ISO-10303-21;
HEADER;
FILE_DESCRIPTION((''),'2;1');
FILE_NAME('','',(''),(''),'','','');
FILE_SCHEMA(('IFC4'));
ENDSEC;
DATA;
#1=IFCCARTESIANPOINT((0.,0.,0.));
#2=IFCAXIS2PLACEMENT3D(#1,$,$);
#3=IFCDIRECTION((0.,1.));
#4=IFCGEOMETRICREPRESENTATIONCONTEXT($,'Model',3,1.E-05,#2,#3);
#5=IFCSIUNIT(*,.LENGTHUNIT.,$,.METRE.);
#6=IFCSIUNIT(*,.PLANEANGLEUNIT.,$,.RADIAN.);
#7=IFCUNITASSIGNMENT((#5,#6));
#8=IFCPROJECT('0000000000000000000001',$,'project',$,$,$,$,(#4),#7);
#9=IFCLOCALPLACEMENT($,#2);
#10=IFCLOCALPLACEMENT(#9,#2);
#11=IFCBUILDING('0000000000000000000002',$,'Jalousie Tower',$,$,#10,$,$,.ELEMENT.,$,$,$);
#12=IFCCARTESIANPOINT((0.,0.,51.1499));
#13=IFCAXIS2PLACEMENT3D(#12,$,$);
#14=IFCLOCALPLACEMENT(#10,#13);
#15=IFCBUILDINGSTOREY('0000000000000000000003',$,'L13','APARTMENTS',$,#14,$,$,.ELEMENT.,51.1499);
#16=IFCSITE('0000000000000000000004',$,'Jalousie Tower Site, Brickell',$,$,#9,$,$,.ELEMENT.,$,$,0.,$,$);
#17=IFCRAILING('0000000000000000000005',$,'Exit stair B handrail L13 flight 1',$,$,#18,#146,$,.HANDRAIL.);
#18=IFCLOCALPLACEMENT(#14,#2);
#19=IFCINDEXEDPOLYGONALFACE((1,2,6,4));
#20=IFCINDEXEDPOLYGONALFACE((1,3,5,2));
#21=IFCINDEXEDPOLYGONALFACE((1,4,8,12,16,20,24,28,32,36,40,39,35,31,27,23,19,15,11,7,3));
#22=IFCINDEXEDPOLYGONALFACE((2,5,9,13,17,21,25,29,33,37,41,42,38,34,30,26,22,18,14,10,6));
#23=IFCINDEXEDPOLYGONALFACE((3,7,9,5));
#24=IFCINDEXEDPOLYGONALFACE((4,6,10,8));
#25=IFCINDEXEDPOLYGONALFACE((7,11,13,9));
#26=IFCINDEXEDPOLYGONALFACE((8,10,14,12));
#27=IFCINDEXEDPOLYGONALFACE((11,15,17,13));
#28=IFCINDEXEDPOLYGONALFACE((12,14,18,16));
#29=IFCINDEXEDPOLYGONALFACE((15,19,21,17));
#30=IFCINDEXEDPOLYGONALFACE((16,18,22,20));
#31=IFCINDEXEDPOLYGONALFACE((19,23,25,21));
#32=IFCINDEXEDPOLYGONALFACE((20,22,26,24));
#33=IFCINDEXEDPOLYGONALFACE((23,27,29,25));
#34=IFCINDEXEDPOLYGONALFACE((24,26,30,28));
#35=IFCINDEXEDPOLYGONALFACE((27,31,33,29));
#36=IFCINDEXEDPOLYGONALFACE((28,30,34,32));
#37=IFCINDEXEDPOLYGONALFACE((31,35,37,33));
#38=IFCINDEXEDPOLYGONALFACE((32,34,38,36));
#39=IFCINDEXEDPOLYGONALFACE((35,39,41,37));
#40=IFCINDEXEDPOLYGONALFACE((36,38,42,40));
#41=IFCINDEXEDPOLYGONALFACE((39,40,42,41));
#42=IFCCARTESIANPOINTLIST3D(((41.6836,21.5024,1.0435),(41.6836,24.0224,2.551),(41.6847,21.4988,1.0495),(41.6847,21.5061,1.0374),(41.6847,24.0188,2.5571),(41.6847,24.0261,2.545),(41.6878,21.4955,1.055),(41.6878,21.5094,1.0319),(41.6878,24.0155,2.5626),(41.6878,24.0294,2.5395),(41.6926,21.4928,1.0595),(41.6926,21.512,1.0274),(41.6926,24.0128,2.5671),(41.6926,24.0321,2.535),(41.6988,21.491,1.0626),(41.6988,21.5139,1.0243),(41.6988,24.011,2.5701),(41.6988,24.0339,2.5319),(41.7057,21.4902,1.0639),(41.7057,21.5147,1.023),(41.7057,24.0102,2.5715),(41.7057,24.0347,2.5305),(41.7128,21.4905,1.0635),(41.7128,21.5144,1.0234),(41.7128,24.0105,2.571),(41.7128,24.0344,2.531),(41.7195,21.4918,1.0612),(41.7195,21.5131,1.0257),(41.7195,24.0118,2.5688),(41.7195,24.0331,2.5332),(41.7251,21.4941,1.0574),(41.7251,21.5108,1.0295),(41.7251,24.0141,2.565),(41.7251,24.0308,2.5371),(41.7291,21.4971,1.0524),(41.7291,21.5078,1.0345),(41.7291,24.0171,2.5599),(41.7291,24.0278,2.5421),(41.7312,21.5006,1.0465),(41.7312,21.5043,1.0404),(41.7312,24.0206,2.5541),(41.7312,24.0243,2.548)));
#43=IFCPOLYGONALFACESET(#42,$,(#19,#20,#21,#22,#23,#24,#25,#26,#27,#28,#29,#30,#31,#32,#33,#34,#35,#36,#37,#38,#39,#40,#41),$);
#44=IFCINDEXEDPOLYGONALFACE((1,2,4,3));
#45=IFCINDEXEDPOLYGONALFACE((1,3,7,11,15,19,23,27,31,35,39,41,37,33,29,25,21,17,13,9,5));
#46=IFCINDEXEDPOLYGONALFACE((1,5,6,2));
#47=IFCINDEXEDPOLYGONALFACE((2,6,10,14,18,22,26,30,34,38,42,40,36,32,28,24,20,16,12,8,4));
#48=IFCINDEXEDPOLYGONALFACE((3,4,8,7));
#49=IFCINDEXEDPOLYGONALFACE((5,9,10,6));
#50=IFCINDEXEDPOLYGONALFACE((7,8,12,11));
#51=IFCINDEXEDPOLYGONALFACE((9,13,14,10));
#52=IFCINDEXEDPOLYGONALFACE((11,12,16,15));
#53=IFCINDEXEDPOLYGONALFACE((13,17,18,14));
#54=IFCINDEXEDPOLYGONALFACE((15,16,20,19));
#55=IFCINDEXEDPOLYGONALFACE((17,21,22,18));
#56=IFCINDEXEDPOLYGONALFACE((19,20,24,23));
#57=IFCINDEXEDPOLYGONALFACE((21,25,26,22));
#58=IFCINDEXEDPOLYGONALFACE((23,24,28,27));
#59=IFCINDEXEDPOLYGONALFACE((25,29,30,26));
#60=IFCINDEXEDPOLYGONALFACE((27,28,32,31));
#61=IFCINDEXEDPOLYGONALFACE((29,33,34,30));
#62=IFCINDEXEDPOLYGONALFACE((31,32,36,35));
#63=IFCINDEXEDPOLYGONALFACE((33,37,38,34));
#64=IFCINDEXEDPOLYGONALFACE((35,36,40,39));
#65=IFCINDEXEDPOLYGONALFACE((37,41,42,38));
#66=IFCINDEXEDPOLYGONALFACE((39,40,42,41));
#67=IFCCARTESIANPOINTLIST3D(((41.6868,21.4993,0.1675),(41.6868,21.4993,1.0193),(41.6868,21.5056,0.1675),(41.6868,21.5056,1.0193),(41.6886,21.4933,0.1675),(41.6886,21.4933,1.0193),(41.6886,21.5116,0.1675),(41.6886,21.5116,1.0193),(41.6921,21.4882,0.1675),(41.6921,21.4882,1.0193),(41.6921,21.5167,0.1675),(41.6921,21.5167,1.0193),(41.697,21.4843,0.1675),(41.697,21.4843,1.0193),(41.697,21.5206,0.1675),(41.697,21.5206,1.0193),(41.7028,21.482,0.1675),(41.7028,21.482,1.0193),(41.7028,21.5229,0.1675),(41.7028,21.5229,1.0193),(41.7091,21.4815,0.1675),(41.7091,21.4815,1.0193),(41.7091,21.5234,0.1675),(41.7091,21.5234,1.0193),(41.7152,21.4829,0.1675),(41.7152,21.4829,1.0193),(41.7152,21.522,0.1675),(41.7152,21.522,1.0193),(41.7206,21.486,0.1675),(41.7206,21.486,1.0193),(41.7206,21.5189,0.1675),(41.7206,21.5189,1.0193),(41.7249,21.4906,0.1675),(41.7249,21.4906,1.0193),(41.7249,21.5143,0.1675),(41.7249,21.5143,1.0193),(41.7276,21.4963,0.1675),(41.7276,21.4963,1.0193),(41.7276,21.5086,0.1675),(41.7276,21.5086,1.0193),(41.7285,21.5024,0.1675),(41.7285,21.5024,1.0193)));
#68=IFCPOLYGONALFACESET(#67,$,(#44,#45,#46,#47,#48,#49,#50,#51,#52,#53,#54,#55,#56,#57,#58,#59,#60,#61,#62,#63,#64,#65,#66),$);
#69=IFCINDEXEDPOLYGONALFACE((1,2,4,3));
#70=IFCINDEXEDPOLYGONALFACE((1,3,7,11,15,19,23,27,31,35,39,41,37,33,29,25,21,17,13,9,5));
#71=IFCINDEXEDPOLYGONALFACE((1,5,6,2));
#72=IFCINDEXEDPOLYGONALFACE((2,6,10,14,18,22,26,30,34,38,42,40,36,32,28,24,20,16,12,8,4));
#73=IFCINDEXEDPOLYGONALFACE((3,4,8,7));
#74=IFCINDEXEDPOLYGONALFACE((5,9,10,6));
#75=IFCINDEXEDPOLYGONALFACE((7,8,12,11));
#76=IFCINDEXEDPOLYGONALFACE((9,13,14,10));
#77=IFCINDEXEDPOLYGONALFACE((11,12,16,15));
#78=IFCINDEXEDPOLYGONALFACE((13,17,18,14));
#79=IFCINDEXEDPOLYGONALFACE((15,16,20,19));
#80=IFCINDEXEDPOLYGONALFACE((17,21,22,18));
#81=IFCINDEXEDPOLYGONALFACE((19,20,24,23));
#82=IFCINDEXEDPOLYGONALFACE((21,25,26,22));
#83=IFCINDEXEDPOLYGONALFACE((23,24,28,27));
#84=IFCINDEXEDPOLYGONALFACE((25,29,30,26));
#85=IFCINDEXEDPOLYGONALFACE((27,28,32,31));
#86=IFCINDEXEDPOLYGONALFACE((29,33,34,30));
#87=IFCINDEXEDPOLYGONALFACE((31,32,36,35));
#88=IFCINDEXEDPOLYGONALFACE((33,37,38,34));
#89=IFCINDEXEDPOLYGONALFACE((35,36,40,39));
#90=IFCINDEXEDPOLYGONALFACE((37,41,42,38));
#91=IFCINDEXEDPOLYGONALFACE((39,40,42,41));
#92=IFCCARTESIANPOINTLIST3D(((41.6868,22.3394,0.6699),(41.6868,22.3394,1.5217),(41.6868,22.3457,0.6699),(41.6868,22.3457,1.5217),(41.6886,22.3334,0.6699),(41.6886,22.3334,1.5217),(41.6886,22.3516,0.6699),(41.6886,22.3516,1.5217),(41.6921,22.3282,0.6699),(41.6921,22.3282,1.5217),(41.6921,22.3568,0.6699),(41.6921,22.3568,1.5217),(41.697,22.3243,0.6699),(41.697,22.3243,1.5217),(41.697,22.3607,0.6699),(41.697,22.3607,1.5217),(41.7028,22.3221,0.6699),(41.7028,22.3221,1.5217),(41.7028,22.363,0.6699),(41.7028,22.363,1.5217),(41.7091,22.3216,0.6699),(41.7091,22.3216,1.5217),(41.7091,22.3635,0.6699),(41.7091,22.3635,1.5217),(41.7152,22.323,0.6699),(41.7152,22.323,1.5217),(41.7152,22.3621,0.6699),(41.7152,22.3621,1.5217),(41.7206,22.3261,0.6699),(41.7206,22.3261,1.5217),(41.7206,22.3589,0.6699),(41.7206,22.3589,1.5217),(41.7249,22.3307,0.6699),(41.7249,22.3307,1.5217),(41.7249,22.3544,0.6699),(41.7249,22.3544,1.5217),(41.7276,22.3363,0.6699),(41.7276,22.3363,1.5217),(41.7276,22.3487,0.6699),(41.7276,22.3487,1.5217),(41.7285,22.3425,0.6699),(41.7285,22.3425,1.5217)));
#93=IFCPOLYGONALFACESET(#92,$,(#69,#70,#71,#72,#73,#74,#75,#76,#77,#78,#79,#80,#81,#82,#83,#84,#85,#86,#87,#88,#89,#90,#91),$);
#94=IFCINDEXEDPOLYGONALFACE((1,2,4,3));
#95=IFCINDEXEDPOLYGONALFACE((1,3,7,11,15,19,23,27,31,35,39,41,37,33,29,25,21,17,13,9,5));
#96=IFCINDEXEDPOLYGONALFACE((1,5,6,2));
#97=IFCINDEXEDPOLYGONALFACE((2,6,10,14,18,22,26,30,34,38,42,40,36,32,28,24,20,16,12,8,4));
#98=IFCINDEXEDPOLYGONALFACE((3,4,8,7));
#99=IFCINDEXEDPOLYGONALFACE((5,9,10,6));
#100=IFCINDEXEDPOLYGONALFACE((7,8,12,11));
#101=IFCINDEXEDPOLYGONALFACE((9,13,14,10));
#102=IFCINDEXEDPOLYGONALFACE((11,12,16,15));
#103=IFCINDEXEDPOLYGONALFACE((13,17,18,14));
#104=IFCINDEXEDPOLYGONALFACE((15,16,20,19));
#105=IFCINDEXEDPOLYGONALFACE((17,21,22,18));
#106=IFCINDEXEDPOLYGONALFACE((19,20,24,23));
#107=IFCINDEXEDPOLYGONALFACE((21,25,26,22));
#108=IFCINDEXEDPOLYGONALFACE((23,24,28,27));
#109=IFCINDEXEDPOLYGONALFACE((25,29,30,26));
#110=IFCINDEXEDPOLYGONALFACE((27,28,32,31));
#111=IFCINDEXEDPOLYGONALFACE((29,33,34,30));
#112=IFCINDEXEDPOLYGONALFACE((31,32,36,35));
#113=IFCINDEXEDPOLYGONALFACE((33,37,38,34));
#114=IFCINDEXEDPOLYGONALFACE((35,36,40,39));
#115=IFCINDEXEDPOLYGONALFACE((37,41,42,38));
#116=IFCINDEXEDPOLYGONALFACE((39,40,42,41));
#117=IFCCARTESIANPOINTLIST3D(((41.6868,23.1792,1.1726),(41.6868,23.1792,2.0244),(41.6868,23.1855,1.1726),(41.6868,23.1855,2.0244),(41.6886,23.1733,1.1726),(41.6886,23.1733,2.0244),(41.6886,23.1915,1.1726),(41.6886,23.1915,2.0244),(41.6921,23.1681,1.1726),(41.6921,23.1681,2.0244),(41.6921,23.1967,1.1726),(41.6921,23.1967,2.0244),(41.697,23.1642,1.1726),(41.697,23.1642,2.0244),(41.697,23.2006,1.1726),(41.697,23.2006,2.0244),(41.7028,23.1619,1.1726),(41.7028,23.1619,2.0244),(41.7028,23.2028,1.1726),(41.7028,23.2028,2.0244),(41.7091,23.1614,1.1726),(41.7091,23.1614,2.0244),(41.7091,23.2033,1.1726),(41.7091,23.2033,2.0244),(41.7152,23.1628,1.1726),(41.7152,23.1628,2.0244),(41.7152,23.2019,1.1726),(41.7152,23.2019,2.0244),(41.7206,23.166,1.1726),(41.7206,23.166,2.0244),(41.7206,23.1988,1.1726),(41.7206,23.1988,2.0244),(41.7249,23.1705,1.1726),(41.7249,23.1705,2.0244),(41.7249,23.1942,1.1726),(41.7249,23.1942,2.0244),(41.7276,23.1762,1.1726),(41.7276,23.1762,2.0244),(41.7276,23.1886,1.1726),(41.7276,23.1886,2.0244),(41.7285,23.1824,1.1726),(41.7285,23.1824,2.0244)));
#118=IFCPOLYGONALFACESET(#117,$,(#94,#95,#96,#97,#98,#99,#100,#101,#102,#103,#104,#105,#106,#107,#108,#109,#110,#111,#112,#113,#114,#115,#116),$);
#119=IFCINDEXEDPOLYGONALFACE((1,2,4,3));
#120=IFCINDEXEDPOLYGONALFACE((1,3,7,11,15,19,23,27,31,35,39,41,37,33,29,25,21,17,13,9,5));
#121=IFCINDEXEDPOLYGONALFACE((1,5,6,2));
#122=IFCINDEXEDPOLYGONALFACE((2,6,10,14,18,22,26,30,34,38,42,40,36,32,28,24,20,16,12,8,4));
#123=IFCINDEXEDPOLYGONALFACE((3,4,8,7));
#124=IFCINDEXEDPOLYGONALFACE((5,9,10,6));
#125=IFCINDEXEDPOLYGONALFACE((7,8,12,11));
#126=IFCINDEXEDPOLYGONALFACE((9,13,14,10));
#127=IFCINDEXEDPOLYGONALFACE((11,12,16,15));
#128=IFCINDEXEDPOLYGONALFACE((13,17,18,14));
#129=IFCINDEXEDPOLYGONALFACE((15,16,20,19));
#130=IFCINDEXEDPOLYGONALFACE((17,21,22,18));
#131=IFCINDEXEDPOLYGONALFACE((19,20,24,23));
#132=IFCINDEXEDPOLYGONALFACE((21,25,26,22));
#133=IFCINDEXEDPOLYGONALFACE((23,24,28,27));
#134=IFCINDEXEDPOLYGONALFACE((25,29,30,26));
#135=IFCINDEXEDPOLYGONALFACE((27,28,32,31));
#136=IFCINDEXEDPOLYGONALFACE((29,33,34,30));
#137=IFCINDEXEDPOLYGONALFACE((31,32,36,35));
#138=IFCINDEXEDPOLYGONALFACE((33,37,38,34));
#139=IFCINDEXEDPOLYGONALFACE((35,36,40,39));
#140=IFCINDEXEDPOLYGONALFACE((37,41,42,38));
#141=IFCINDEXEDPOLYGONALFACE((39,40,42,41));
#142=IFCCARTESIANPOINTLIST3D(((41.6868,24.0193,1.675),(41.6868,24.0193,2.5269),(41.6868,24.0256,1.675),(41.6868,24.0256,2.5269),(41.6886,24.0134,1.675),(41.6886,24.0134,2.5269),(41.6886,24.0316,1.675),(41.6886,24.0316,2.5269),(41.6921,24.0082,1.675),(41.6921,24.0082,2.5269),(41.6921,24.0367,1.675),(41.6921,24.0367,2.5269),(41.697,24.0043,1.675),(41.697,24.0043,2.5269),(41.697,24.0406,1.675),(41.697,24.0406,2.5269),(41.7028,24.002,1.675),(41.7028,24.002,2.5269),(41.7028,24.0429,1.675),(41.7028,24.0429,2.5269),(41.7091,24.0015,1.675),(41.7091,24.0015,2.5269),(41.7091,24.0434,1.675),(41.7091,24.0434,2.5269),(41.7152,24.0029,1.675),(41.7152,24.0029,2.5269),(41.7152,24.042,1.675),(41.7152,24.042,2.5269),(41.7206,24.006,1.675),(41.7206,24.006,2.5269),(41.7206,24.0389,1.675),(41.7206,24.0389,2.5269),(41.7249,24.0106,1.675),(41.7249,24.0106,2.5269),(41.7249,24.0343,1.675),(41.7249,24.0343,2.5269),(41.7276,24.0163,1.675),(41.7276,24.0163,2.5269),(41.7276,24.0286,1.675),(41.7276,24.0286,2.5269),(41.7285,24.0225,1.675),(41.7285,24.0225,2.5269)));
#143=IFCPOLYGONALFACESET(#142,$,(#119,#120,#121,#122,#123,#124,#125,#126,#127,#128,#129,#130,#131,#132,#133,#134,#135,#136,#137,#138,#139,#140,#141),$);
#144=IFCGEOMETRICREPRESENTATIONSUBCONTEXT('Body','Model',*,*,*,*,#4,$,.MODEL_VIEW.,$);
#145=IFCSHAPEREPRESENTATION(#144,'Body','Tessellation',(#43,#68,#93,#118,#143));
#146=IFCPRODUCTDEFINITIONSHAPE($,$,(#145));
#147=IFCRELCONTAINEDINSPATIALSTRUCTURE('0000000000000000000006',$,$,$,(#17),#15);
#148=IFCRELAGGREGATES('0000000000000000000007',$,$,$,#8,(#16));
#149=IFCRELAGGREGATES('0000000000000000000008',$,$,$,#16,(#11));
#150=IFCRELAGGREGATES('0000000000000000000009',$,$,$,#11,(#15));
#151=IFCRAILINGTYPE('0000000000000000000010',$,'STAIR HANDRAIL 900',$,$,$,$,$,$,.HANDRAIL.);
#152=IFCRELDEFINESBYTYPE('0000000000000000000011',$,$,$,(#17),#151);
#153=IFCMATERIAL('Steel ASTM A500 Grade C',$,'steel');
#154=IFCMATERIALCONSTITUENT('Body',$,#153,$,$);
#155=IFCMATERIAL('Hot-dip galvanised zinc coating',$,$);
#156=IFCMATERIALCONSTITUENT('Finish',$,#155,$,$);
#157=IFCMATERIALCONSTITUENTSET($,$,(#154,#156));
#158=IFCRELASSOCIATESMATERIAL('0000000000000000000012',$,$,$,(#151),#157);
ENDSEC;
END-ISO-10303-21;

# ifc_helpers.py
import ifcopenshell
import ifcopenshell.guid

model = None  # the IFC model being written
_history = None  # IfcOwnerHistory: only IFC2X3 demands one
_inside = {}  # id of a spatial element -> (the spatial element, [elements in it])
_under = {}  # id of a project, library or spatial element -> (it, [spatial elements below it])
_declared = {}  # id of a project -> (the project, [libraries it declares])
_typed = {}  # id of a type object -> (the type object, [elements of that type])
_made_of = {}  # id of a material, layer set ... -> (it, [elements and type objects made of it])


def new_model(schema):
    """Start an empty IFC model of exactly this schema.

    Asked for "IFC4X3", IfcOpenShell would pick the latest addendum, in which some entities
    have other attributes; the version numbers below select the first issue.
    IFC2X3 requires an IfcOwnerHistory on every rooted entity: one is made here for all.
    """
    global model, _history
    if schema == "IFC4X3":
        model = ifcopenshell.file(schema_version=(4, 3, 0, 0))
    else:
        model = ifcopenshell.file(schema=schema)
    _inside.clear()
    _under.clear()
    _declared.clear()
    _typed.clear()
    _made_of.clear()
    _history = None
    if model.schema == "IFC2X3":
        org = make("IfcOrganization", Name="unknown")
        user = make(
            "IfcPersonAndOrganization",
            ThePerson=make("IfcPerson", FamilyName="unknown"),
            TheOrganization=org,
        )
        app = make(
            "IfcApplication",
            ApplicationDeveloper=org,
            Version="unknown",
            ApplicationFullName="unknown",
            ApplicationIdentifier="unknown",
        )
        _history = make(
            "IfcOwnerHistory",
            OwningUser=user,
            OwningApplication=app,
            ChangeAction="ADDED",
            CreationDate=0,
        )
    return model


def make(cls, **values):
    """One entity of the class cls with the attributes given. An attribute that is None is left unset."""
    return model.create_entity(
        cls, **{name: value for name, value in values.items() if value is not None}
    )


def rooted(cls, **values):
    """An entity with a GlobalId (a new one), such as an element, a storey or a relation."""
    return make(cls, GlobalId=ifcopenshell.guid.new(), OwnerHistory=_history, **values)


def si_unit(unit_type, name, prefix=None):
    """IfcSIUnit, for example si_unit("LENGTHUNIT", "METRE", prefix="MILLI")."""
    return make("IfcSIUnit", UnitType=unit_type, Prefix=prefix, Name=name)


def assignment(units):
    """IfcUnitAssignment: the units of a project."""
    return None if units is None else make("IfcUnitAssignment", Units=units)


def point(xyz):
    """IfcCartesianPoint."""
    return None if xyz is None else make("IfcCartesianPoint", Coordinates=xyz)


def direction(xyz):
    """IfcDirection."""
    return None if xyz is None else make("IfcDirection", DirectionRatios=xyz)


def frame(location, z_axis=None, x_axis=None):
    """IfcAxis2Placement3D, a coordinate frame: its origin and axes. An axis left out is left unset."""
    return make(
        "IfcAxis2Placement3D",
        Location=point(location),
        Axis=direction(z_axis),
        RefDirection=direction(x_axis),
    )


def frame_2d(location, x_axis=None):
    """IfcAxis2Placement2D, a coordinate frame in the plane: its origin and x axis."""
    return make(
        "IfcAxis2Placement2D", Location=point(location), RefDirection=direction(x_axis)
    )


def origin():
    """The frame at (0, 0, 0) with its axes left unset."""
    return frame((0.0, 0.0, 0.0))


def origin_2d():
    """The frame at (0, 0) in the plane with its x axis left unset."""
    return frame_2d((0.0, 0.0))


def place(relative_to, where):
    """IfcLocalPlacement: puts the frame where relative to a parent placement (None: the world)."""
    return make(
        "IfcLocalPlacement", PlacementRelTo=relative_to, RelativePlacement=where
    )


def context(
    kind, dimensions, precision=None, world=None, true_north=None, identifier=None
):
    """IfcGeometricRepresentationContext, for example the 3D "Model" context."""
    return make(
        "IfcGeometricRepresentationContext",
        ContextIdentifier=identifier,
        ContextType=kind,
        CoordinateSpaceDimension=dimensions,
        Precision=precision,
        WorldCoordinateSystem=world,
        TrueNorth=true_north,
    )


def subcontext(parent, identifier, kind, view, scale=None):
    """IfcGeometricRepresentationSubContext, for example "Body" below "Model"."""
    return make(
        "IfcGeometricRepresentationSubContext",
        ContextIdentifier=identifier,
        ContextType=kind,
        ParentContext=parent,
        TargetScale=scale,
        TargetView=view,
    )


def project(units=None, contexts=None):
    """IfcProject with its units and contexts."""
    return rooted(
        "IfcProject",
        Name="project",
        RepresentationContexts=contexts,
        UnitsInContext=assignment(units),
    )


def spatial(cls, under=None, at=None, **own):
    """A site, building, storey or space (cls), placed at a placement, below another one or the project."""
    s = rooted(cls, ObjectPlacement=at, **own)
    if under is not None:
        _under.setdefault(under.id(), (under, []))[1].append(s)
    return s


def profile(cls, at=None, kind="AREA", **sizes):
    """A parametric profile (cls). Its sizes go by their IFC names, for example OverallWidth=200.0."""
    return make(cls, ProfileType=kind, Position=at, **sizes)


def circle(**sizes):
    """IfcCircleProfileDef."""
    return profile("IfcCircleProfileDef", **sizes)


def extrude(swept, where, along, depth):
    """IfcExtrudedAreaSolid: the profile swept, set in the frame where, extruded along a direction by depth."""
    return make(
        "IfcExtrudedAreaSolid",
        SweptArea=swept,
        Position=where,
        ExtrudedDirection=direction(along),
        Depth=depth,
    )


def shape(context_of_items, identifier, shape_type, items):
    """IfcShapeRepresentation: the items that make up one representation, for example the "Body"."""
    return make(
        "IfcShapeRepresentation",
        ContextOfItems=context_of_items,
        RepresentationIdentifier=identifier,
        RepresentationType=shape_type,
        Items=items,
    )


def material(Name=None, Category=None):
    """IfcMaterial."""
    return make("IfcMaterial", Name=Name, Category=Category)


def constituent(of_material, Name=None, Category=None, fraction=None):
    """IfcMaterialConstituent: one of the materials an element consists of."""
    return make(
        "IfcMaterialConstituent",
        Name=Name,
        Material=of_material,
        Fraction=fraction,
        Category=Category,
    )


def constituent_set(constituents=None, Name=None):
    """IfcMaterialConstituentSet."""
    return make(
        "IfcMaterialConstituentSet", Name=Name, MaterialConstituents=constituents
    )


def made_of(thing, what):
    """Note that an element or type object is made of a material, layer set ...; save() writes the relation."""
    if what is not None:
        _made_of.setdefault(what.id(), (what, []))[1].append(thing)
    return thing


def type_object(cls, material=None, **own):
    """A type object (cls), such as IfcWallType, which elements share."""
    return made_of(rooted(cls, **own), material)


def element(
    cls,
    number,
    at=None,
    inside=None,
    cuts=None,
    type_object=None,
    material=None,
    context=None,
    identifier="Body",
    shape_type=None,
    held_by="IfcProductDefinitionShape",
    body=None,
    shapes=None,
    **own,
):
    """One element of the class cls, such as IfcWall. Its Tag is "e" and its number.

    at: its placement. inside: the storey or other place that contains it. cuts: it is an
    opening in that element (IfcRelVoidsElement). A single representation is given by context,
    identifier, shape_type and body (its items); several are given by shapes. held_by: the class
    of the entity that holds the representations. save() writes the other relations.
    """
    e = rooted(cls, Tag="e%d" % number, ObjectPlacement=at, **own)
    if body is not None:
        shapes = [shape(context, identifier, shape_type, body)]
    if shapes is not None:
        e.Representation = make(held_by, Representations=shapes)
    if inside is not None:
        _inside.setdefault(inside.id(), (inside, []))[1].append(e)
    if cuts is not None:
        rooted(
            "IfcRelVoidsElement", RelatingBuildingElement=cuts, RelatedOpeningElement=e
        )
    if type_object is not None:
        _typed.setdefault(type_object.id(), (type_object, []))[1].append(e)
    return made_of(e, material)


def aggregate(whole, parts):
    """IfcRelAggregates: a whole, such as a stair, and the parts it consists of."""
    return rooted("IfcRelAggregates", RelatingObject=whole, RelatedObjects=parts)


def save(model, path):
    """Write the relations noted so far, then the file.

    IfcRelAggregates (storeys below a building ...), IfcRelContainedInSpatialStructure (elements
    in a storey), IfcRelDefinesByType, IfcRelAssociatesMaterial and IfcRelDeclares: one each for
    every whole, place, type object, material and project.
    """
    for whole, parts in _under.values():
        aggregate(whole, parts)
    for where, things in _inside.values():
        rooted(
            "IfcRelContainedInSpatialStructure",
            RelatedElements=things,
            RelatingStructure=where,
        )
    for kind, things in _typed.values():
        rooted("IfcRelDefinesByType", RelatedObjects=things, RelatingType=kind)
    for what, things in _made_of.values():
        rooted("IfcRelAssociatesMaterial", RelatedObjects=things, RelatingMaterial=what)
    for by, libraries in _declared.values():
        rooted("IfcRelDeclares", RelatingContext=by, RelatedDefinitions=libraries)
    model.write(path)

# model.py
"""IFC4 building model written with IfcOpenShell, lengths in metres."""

from ifc_helpers import new_model, si_unit, direction, frame, origin, origin_2d, place, context, subcontext, project, spatial, circle, extrude, material, constituent, constituent_set, type_object, element, save


model = new_model("IFC4")

# Units and contexts
model_context = context("Model", 3, precision=1e-05, world=origin(), true_north=direction((0.0, 1.0)))
body_context = subcontext(model_context, "Body", "Model", "MODEL_VIEW")
ifc_project = project(units=[si_unit("LENGTHUNIT", "METRE"), si_unit("PLANEANGLEUNIT", "RADIAN")], contexts=[model_context])

# Site, building, storey
site_placement = place(None, origin())
site = spatial("IfcSite", under=ifc_project, at=site_placement, Name="Jalousie Tower Site, Brickell", CompositionType="ELEMENT", RefElevation=0.0)
building_placement = place(site_placement, origin())
building = spatial("IfcBuilding", under=site, at=building_placement, Name="Jalousie Tower", CompositionType="ELEMENT")
storey_placement = place(building_placement, frame((0.0, 0.0, 51.1499)))
storey = spatial("IfcBuildingStorey", under=building, at=storey_placement, Name="L13", Description="APARTMENTS", CompositionType="ELEMENT", Elevation=51.1499)

# Railing
ifc_material_1 = material(Name="Steel ASTM A500 Grade C", Category="steel")
ifc_constituent_1 = constituent(ifc_material_1, Name="Body")
ifc_material_2 = material(Name="Hot-dip galvanised zinc coating")
ifc_constituent_2 = constituent(ifc_material_2, Name="Finish")
ifc_constituent_set_1 = constituent_set(constituents=[ifc_constituent_1, ifc_constituent_2])
railing_type_1 = type_object("IfcRailingType", Name="STAIR HANDRAIL 900", PredefinedType="HANDRAIL", material=ifc_constituent_set_1)
railing_1_placement = place(storey_placement, frame((41.7075, 21.5024, 0.1675)))
element("IfcRailing", 1, at=railing_1_placement, inside=storey, type_object=railing_type_1, Name="Exit stair B handrail L13 flight 1", PredefinedType="HANDRAIL", context=body_context, shape_type="SweptSolid", body=[
    extrude(circle(Radius=0.0239, at=origin_2d()), frame((0.0, 0.0, 0.876), z_axis=(0.0, 0.85816, 0.513383), x_axis=(-1.0, 0.0, 0.0)), (0.0, 0.0, 1.0), 2.9365),
    extrude(circle(Radius=0.021, at=origin_2d()), origin(), (0.0, 0.0, 1.0), 0.8518),
    extrude(circle(Radius=0.021, at=origin_2d()), frame((0.0, 0.8401, 0.5024)), (0.0, 0.0, 1.0), 0.8518),
    extrude(circle(Radius=0.021, at=origin_2d()), frame((0.0, 1.6799, 1.0051)), (0.0, 0.0, 1.0), 0.8518),
    extrude(circle(Radius=0.021, at=origin_2d()), frame((0.0, 2.52, 1.5076)), (0.0, 0.0, 1.0), 0.8518),
])

save(model, "model.ifc")
